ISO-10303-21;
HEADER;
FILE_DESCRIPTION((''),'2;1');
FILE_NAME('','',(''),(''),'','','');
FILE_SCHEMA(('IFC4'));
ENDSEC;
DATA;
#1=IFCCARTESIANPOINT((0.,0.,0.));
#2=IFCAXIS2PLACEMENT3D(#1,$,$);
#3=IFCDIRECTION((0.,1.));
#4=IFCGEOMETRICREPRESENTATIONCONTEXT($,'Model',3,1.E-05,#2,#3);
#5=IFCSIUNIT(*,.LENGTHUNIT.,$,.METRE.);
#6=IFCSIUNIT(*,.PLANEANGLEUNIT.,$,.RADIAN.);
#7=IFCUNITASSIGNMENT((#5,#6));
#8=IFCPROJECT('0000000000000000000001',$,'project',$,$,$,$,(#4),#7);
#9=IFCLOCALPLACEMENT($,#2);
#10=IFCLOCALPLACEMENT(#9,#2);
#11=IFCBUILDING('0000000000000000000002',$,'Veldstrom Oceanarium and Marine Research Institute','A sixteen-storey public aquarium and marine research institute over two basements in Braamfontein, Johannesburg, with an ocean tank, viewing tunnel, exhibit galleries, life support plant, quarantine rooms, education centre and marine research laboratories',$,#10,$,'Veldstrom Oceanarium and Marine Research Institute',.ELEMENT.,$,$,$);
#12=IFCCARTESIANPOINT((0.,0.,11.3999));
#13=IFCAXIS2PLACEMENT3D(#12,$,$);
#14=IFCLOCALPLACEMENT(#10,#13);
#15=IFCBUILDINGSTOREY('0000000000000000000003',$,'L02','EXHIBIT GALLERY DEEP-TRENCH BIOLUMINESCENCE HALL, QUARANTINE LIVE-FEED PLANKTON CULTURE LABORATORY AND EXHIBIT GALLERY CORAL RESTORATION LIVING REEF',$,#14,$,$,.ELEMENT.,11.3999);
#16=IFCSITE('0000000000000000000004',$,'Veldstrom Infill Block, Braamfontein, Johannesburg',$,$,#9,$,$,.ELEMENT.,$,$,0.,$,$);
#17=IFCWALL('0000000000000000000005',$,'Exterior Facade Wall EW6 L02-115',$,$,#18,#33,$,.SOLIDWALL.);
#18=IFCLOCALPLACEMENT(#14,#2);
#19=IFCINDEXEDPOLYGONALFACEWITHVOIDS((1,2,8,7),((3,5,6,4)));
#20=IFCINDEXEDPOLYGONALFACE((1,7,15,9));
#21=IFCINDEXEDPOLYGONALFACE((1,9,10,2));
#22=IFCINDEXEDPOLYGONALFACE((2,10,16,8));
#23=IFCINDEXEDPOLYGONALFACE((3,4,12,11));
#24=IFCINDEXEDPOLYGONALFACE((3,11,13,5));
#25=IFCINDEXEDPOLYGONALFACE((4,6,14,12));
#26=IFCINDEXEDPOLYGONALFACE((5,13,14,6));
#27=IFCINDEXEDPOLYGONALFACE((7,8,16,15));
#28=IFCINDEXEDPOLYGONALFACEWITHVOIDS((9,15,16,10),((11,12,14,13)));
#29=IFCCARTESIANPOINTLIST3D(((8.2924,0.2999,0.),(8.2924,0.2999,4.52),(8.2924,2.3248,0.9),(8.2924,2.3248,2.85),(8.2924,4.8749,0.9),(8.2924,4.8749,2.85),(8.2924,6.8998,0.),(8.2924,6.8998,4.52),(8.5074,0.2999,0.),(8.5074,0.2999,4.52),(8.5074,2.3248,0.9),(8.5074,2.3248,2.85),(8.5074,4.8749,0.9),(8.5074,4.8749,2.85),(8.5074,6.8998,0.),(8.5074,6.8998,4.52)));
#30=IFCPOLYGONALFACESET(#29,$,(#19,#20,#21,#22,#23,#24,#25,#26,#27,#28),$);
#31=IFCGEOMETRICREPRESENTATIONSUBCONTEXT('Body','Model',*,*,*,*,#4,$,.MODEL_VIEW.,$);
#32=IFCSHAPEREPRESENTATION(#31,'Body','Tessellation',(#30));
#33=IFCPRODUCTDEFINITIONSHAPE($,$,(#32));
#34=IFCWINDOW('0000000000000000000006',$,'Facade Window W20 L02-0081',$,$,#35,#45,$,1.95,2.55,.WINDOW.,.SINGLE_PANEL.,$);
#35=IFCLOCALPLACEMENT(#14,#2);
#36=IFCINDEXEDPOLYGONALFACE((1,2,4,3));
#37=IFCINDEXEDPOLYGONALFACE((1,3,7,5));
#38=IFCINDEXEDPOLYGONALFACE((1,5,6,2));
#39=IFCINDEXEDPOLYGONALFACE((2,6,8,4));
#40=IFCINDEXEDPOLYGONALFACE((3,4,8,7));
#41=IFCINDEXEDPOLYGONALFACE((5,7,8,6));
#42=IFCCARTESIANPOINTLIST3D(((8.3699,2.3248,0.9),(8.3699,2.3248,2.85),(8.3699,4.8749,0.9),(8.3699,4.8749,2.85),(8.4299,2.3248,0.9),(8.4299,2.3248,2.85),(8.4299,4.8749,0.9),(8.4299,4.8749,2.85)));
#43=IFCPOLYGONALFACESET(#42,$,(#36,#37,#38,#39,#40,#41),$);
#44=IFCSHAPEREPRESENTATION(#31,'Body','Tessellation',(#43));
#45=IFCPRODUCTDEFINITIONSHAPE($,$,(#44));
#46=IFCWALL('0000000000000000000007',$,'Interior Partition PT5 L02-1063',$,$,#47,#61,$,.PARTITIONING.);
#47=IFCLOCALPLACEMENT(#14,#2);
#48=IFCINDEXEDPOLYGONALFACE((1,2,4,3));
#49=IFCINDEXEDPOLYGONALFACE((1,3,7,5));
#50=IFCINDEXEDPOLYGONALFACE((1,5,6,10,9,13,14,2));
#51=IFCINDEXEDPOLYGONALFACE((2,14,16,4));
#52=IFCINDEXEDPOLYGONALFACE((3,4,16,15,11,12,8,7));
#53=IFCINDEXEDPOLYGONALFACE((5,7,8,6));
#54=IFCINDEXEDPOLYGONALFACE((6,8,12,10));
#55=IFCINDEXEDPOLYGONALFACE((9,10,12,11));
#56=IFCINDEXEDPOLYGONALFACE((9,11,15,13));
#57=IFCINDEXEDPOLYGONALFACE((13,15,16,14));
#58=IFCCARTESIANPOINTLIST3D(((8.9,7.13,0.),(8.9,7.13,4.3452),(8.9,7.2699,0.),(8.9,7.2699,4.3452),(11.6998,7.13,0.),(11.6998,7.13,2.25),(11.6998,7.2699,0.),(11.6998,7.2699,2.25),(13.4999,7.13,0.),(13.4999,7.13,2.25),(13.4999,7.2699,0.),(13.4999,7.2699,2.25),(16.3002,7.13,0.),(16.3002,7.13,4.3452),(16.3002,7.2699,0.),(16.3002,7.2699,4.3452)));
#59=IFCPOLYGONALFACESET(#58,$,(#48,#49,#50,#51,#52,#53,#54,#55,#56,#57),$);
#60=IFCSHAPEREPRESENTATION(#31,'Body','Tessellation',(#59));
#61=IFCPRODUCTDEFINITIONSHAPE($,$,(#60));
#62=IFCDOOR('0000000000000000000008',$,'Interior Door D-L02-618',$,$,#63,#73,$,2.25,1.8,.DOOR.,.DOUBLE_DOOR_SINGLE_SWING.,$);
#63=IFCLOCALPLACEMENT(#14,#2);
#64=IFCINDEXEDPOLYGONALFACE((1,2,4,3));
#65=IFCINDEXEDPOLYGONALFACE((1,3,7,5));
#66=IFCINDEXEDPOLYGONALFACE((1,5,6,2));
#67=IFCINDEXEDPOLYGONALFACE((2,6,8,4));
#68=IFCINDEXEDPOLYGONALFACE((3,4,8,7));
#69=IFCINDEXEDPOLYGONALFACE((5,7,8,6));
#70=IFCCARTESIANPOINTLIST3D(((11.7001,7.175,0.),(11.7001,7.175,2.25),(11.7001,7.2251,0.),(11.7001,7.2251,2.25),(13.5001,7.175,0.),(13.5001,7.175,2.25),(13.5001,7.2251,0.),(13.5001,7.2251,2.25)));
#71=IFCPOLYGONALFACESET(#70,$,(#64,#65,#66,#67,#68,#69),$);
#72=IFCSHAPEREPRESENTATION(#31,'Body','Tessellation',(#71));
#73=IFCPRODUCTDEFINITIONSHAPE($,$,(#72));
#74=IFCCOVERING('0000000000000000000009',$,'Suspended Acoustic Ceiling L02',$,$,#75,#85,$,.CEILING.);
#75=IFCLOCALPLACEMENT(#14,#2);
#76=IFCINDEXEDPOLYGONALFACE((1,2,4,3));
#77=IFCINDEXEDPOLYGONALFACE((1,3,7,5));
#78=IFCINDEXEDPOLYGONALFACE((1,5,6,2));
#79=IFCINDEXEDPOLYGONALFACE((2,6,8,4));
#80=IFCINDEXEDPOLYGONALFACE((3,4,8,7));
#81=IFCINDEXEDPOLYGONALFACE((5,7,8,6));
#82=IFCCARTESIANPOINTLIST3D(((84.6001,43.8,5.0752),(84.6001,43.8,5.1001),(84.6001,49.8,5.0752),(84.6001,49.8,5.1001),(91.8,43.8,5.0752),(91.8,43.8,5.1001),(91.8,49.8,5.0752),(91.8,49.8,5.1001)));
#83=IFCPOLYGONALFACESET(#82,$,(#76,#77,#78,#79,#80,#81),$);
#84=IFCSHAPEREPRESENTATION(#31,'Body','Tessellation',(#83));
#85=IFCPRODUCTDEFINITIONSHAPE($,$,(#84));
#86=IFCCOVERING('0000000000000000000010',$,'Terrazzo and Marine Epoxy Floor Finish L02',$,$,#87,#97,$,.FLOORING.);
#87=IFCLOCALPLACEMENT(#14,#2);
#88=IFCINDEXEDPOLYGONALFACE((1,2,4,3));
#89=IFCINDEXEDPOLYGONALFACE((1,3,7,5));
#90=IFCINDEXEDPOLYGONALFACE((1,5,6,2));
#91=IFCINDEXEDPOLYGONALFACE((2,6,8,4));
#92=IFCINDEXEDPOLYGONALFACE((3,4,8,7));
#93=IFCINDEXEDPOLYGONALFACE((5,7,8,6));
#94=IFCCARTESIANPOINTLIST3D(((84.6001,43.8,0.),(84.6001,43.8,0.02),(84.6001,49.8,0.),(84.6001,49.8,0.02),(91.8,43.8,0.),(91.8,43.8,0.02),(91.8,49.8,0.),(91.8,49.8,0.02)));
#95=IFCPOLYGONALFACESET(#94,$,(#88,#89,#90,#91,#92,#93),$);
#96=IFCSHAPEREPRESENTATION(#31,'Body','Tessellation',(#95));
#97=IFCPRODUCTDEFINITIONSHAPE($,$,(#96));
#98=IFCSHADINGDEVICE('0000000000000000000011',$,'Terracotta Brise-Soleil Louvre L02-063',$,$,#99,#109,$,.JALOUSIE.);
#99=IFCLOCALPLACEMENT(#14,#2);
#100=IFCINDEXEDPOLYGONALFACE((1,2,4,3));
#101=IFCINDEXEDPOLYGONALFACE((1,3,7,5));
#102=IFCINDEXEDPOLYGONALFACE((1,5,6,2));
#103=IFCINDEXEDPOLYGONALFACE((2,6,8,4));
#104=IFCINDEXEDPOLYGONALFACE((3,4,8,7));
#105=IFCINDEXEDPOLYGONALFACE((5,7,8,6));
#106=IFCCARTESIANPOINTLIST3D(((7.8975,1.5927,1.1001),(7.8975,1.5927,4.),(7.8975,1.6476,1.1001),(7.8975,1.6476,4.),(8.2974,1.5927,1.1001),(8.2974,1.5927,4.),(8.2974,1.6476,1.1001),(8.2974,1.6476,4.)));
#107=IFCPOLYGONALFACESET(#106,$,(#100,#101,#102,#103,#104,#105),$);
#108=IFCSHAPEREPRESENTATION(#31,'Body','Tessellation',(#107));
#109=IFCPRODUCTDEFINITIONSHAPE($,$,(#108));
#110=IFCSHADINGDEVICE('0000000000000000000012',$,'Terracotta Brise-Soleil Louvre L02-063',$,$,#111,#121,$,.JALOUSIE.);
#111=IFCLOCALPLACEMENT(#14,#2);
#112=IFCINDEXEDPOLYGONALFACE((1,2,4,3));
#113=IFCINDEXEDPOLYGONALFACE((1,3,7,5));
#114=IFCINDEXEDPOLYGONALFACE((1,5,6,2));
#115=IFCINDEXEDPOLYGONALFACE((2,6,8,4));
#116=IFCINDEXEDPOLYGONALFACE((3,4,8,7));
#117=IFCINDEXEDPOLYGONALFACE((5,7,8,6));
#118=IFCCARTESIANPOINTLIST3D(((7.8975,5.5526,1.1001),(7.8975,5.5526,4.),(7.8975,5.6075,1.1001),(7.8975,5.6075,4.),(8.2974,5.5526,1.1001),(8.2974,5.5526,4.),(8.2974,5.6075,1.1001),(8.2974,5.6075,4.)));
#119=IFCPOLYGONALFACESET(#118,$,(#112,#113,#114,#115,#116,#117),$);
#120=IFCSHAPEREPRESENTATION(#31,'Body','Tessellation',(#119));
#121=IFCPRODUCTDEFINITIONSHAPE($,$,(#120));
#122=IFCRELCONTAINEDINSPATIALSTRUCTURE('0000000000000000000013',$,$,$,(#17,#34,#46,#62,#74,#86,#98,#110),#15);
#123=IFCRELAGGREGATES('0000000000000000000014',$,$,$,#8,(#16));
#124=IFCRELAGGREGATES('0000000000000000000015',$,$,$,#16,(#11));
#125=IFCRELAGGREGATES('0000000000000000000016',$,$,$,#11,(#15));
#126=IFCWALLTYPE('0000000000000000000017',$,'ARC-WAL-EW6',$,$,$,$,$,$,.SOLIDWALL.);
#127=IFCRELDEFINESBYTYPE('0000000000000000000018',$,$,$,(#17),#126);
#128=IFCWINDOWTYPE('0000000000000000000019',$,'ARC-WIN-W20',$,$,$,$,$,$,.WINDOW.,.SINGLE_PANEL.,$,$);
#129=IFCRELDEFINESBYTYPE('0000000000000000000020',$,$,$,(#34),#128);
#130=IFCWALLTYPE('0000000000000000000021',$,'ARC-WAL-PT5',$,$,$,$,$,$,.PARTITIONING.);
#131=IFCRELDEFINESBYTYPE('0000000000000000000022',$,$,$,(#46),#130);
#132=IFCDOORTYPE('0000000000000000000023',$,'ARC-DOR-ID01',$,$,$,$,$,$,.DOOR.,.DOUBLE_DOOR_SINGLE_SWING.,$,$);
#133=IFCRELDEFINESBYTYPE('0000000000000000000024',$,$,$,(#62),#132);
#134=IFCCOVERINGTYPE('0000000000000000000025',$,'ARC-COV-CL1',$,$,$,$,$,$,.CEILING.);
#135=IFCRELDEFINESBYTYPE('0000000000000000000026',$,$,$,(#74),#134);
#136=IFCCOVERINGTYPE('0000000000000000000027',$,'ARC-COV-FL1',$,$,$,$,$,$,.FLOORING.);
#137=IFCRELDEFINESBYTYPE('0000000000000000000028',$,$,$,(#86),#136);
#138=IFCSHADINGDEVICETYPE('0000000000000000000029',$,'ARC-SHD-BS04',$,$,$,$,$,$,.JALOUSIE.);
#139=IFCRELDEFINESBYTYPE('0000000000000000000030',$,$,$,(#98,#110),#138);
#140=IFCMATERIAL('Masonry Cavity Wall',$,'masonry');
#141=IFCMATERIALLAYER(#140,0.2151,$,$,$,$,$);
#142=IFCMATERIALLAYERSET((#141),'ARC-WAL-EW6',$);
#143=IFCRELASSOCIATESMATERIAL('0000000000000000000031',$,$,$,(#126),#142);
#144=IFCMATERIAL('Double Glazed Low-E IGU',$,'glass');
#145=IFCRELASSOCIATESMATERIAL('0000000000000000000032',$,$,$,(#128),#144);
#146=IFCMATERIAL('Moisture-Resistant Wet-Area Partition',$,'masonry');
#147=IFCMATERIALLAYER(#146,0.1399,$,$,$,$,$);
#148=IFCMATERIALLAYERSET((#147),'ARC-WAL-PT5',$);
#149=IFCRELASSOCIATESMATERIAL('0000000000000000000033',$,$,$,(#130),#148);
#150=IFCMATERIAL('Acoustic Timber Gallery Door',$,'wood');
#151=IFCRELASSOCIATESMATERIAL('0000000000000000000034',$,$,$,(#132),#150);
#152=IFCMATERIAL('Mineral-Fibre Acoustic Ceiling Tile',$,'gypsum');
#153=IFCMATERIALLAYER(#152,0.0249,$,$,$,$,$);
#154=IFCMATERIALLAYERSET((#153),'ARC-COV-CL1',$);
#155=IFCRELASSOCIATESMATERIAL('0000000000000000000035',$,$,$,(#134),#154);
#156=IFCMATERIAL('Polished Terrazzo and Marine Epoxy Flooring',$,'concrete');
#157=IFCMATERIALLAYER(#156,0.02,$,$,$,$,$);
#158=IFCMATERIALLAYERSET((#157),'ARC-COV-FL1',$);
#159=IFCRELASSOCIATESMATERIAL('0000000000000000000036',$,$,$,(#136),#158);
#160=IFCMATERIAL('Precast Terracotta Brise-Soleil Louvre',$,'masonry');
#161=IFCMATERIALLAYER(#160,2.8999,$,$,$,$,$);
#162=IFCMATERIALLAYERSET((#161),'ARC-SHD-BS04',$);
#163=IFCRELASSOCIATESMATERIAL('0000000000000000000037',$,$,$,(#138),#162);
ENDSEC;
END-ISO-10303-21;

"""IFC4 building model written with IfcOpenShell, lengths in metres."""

from ifc_helpers import new_model, si_unit, direction, frame, frame_2d, origin, origin_2d, place, context, subcontext, project, spatial, polyline, rectangle, outline, extrude, material, layer, layer_set, type_object, element, fill, save


model = new_model("IFC4")

# Units and contexts
model_context = context("Model", 3, precision=1e-05, world=origin(), true_north=direction((0.0, 1.0)))
body_context = subcontext(model_context, "Body", "Model", "MODEL_VIEW")
ifc_project = project(units=[si_unit("LENGTHUNIT", "METRE"), si_unit("PLANEANGLEUNIT", "RADIAN")], contexts=[model_context])

# Site, building, storey
site_placement = place(None, origin())
site = spatial("IfcSite", under=ifc_project, at=site_placement, Name="Veldstrom Infill Block, Braamfontein, Johannesburg", CompositionType="ELEMENT", RefElevation=0.0)
building_placement = place(site_placement, origin())
building = spatial("IfcBuilding", under=site, at=building_placement, Name="Veldstrom Oceanarium and Marine Research Institute", Description="A sixteen-storey public aquarium and marine research institute over two basements in Braamfontein, Johannesburg, with an ocean tank, viewing tunnel, exhibit galleries, life support plant, quarantine rooms, education centre and marine research laboratories", LongName="Veldstrom Oceanarium and Marine Research Institute", CompositionType="ELEMENT")
storey_placement = place(building_placement, frame((0.0, 0.0, 11.3999)))
storey = spatial("IfcBuildingStorey", under=building, at=storey_placement, Name="L02", Description="EXHIBIT GALLERY DEEP-TRENCH BIOLUMINESCENCE HALL, QUARANTINE LIVE-FEED PLANKTON CULTURE LABORATORY AND EXHIBIT GALLERY CORAL RESTORATION LIVING REEF", CompositionType="ELEMENT", Elevation=11.3999)

# Wall, opening, window
ifc_material_1 = material(Name="Masonry Cavity Wall", Category="masonry")
ifc_layer_1 = layer(ifc_material_1, 0.2151)
ifc_layer_set_1 = layer_set([ifc_layer_1], Name="ARC-WAL-EW6")
wall_type_1 = type_object("IfcWallType", Name="ARC-WAL-EW6", PredefinedType="SOLIDWALL", material=ifc_layer_set_1)
wall_1_placement = place(storey_placement, frame((8.3999, 0.3, 0.0), z_axis=(0.0, 0.0, 1.0), x_axis=(0.0, 1.0, 0.0)))
wall_1 = element("IfcWall", 1, at=wall_1_placement, inside=storey, type_object=wall_type_1, Name="Exterior Facade Wall EW6 L02-115", PredefinedType="SOLIDWALL", context=body_context, shape_type="SweptSolid", body=[
    extrude(rectangle(XDim=6.5999, YDim=0.2151, at=frame_2d((3.2998, 0.0))), origin(), (0.0, 0.0, 1.0), 4.52),
])
opening_1_placement = place(wall_1_placement, frame((2.0249, 0.0, 0.8999)))
opening_1 = element("IfcOpeningElement", 2, at=opening_1_placement, cuts=wall_1, PredefinedType="OPENING", context=body_context, shape_type="SweptSolid", body=[
    extrude(rectangle(XDim=2.55, YDim=1.95, at=frame_2d((1.2749, 0.9751))), frame((0.0, 0.1174, 0.0), z_axis=(0.0, -1.0, 0.0), x_axis=(1.0, 0.0, 0.0)), (0.0, 0.0, 1.0), 0.2351),
])
ifc_material_2 = material(Name="Double Glazed Low-E IGU", Category="glass")
window_type = type_object("IfcWindowType", Name="ARC-WIN-W20", PartitioningType="SINGLE_PANEL", PredefinedType="WINDOW", material=ifc_material_2)
window_placement = place(opening_1_placement, origin())
window = element("IfcWindow", 3, at=window_placement, inside=storey, type_object=window_type, Name="Facade Window W20 L02-0081", OverallHeight=1.95, OverallWidth=2.55, PartitioningType="SINGLE_PANEL", PredefinedType="WINDOW", context=body_context, shape_type="SweptSolid", body=[
    extrude(rectangle(XDim=2.55, YDim=1.95, at=frame_2d((1.2749, 0.9751))), frame((0.0, 0.03, 0.0), z_axis=(0.0, -1.0, 0.0), x_axis=(1.0, 0.0, 0.0)), (0.0, 0.0, 1.0), 0.0601),
])
fill(opening_1, window)

# Wall, opening, door
ifc_material_3 = material(Name="Moisture-Resistant Wet-Area Partition", Category="masonry")
ifc_layer_2 = layer(ifc_material_3, 0.1399)
ifc_layer_set_2 = layer_set([ifc_layer_2], Name="ARC-WAL-PT5")
wall_type_2 = type_object("IfcWallType", Name="ARC-WAL-PT5", PredefinedType="PARTITIONING", material=ifc_layer_set_2)
wall_2_placement = place(storey_placement, frame((8.8999, 7.2, 0.0), z_axis=(0.0, 0.0, 1.0), x_axis=(1.0, 0.0, 0.0)))
wall_2 = element("IfcWall", 4, at=wall_2_placement, inside=storey, type_object=wall_type_2, Name="Interior Partition PT5 L02-1063", PredefinedType="PARTITIONING", context=body_context, shape_type="SweptSolid", body=[
    extrude(rectangle(XDim=7.4001, YDim=0.1399, at=frame_2d((3.7002, 0.0))), origin(), (0.0, 0.0, 1.0), 4.3452),
])
opening_2_placement = place(wall_2_placement, frame((2.8, 0.0, 0.0)))
opening_2 = element("IfcOpeningElement", 5, at=opening_2_placement, cuts=wall_2, PredefinedType="OPENING", context=body_context, shape_type="SweptSolid", body=[
    extrude(rectangle(XDim=1.8, YDim=2.25, at=frame_2d((0.8999, 1.125))), frame((0.0, 0.0798, 0.0), z_axis=(0.0, -1.0, 0.0), x_axis=(1.0, 0.0, 0.0)), (0.0, 0.0, 1.0), 0.1599),
])
ifc_material_4 = material(Name="Acoustic Timber Gallery Door", Category="wood")
door_type = type_object("IfcDoorType", Name="ARC-DOR-ID01", OperationType="DOUBLE_DOOR_SINGLE_SWING", PredefinedType="DOOR", material=ifc_material_4)
door_placement = place(opening_2_placement, frame((1.8, 0.0, 0.0), z_axis=(0.0, 0.0, 1.0), x_axis=(-1.0, 0.0, 0.0)))
door = element("IfcDoor", 6, at=door_placement, inside=storey, type_object=door_type, Name="Interior Door D-L02-618", OperationType="DOUBLE_DOOR_SINGLE_SWING", OverallHeight=2.25, OverallWidth=1.8, PredefinedType="DOOR", context=body_context, shape_type="SweptSolid", body=[
    extrude(rectangle(XDim=1.8, YDim=2.25, at=frame_2d((0.8999, 1.125))), frame((0.0, 0.0249, 0.0), z_axis=(0.0, -1.0, 0.0), x_axis=(1.0, 0.0, 0.0)), (0.0, 0.0, 1.0), 0.05),
])
fill(opening_2, door)

# Coverings
ifc_material_5 = material(Name="Mineral-Fibre Acoustic Ceiling Tile", Category="gypsum")
ifc_layer_3 = layer(ifc_material_5, 0.0249)
ifc_layer_set_3 = layer_set([ifc_layer_3], Name="ARC-COV-CL1")
covering_type_1 = type_object("IfcCoveringType", Name="ARC-COV-CL1", PredefinedType="CEILING", material=ifc_layer_set_3)
covering_1_placement = place(storey_placement, frame((0.0, 0.0, 5.0752)))
element("IfcCovering", 7, at=covering_1_placement, inside=storey, type_object=covering_type_1, Name="Suspended Acoustic Ceiling L02", PredefinedType="CEILING", context=body_context, shape_type="SweptSolid", body=[
    extrude(outline(polyline([(84.6001, 43.8), (91.8, 43.8), (91.8, 49.8), (84.6001, 49.8), (84.6001, 43.8)])), origin(), (0.0, 0.0, 1.0), 0.0249),
])
ifc_material_6 = material(Name="Polished Terrazzo and Marine Epoxy Flooring", Category="concrete")
ifc_layer_4 = layer(ifc_material_6, 0.02)
ifc_layer_set_4 = layer_set([ifc_layer_4], Name="ARC-COV-FL1")
covering_type_2 = type_object("IfcCoveringType", Name="ARC-COV-FL1", PredefinedType="FLOORING", material=ifc_layer_set_4)
covering_2_placement = place(storey_placement, origin())
element("IfcCovering", 8, at=covering_2_placement, inside=storey, type_object=covering_type_2, Name="Terrazzo and Marine Epoxy Floor Finish L02", PredefinedType="FLOORING", context=body_context, shape_type="SweptSolid", body=[
    extrude(outline(polyline([(84.6001, 43.8), (91.8, 43.8), (91.8, 49.8), (84.6001, 49.8), (84.6001, 43.8)])), origin(), (0.0, 0.0, 1.0), 0.02),
])

# Shading devices
ifc_material_7 = material(Name="Precast Terracotta Brise-Soleil Louvre", Category="masonry")
ifc_layer_5 = layer(ifc_material_7, 2.8999)
ifc_layer_set_5 = layer_set([ifc_layer_5], Name="ARC-SHD-BS04")
shading_device_type = type_object("IfcShadingDeviceType", Name="ARC-SHD-BS04", PredefinedType="JALOUSIE", material=ifc_layer_set_5)
for number, where, z_axis, x_axis, name in (
    (9, (8.0974, 1.6201, 1.1001), (0.0, 0.0, 1.0), (1.0, 0.0, 0.0), "Terracotta Brise-Soleil Louvre L02-063"),
    (10, (8.0974, 5.5801, 1.1001), (0.0, 0.0, 1.0), (1.0, 0.0, 0.0), "Terracotta Brise-Soleil Louvre L02-063"),
):
    element("IfcShadingDevice", number, at=place(storey_placement, frame(where, z_axis=z_axis, x_axis=x_axis)), inside=storey, type_object=shading_device_type, Name=name, PredefinedType="JALOUSIE", context=body_context, shape_type="SweptSolid", body=[
        extrude(rectangle(XDim=0.3999, YDim=0.0549, at=origin_2d()), origin(), (0.0, 0.0, 1.0), 2.8999),
    ])

save(model, "model.ifc")
